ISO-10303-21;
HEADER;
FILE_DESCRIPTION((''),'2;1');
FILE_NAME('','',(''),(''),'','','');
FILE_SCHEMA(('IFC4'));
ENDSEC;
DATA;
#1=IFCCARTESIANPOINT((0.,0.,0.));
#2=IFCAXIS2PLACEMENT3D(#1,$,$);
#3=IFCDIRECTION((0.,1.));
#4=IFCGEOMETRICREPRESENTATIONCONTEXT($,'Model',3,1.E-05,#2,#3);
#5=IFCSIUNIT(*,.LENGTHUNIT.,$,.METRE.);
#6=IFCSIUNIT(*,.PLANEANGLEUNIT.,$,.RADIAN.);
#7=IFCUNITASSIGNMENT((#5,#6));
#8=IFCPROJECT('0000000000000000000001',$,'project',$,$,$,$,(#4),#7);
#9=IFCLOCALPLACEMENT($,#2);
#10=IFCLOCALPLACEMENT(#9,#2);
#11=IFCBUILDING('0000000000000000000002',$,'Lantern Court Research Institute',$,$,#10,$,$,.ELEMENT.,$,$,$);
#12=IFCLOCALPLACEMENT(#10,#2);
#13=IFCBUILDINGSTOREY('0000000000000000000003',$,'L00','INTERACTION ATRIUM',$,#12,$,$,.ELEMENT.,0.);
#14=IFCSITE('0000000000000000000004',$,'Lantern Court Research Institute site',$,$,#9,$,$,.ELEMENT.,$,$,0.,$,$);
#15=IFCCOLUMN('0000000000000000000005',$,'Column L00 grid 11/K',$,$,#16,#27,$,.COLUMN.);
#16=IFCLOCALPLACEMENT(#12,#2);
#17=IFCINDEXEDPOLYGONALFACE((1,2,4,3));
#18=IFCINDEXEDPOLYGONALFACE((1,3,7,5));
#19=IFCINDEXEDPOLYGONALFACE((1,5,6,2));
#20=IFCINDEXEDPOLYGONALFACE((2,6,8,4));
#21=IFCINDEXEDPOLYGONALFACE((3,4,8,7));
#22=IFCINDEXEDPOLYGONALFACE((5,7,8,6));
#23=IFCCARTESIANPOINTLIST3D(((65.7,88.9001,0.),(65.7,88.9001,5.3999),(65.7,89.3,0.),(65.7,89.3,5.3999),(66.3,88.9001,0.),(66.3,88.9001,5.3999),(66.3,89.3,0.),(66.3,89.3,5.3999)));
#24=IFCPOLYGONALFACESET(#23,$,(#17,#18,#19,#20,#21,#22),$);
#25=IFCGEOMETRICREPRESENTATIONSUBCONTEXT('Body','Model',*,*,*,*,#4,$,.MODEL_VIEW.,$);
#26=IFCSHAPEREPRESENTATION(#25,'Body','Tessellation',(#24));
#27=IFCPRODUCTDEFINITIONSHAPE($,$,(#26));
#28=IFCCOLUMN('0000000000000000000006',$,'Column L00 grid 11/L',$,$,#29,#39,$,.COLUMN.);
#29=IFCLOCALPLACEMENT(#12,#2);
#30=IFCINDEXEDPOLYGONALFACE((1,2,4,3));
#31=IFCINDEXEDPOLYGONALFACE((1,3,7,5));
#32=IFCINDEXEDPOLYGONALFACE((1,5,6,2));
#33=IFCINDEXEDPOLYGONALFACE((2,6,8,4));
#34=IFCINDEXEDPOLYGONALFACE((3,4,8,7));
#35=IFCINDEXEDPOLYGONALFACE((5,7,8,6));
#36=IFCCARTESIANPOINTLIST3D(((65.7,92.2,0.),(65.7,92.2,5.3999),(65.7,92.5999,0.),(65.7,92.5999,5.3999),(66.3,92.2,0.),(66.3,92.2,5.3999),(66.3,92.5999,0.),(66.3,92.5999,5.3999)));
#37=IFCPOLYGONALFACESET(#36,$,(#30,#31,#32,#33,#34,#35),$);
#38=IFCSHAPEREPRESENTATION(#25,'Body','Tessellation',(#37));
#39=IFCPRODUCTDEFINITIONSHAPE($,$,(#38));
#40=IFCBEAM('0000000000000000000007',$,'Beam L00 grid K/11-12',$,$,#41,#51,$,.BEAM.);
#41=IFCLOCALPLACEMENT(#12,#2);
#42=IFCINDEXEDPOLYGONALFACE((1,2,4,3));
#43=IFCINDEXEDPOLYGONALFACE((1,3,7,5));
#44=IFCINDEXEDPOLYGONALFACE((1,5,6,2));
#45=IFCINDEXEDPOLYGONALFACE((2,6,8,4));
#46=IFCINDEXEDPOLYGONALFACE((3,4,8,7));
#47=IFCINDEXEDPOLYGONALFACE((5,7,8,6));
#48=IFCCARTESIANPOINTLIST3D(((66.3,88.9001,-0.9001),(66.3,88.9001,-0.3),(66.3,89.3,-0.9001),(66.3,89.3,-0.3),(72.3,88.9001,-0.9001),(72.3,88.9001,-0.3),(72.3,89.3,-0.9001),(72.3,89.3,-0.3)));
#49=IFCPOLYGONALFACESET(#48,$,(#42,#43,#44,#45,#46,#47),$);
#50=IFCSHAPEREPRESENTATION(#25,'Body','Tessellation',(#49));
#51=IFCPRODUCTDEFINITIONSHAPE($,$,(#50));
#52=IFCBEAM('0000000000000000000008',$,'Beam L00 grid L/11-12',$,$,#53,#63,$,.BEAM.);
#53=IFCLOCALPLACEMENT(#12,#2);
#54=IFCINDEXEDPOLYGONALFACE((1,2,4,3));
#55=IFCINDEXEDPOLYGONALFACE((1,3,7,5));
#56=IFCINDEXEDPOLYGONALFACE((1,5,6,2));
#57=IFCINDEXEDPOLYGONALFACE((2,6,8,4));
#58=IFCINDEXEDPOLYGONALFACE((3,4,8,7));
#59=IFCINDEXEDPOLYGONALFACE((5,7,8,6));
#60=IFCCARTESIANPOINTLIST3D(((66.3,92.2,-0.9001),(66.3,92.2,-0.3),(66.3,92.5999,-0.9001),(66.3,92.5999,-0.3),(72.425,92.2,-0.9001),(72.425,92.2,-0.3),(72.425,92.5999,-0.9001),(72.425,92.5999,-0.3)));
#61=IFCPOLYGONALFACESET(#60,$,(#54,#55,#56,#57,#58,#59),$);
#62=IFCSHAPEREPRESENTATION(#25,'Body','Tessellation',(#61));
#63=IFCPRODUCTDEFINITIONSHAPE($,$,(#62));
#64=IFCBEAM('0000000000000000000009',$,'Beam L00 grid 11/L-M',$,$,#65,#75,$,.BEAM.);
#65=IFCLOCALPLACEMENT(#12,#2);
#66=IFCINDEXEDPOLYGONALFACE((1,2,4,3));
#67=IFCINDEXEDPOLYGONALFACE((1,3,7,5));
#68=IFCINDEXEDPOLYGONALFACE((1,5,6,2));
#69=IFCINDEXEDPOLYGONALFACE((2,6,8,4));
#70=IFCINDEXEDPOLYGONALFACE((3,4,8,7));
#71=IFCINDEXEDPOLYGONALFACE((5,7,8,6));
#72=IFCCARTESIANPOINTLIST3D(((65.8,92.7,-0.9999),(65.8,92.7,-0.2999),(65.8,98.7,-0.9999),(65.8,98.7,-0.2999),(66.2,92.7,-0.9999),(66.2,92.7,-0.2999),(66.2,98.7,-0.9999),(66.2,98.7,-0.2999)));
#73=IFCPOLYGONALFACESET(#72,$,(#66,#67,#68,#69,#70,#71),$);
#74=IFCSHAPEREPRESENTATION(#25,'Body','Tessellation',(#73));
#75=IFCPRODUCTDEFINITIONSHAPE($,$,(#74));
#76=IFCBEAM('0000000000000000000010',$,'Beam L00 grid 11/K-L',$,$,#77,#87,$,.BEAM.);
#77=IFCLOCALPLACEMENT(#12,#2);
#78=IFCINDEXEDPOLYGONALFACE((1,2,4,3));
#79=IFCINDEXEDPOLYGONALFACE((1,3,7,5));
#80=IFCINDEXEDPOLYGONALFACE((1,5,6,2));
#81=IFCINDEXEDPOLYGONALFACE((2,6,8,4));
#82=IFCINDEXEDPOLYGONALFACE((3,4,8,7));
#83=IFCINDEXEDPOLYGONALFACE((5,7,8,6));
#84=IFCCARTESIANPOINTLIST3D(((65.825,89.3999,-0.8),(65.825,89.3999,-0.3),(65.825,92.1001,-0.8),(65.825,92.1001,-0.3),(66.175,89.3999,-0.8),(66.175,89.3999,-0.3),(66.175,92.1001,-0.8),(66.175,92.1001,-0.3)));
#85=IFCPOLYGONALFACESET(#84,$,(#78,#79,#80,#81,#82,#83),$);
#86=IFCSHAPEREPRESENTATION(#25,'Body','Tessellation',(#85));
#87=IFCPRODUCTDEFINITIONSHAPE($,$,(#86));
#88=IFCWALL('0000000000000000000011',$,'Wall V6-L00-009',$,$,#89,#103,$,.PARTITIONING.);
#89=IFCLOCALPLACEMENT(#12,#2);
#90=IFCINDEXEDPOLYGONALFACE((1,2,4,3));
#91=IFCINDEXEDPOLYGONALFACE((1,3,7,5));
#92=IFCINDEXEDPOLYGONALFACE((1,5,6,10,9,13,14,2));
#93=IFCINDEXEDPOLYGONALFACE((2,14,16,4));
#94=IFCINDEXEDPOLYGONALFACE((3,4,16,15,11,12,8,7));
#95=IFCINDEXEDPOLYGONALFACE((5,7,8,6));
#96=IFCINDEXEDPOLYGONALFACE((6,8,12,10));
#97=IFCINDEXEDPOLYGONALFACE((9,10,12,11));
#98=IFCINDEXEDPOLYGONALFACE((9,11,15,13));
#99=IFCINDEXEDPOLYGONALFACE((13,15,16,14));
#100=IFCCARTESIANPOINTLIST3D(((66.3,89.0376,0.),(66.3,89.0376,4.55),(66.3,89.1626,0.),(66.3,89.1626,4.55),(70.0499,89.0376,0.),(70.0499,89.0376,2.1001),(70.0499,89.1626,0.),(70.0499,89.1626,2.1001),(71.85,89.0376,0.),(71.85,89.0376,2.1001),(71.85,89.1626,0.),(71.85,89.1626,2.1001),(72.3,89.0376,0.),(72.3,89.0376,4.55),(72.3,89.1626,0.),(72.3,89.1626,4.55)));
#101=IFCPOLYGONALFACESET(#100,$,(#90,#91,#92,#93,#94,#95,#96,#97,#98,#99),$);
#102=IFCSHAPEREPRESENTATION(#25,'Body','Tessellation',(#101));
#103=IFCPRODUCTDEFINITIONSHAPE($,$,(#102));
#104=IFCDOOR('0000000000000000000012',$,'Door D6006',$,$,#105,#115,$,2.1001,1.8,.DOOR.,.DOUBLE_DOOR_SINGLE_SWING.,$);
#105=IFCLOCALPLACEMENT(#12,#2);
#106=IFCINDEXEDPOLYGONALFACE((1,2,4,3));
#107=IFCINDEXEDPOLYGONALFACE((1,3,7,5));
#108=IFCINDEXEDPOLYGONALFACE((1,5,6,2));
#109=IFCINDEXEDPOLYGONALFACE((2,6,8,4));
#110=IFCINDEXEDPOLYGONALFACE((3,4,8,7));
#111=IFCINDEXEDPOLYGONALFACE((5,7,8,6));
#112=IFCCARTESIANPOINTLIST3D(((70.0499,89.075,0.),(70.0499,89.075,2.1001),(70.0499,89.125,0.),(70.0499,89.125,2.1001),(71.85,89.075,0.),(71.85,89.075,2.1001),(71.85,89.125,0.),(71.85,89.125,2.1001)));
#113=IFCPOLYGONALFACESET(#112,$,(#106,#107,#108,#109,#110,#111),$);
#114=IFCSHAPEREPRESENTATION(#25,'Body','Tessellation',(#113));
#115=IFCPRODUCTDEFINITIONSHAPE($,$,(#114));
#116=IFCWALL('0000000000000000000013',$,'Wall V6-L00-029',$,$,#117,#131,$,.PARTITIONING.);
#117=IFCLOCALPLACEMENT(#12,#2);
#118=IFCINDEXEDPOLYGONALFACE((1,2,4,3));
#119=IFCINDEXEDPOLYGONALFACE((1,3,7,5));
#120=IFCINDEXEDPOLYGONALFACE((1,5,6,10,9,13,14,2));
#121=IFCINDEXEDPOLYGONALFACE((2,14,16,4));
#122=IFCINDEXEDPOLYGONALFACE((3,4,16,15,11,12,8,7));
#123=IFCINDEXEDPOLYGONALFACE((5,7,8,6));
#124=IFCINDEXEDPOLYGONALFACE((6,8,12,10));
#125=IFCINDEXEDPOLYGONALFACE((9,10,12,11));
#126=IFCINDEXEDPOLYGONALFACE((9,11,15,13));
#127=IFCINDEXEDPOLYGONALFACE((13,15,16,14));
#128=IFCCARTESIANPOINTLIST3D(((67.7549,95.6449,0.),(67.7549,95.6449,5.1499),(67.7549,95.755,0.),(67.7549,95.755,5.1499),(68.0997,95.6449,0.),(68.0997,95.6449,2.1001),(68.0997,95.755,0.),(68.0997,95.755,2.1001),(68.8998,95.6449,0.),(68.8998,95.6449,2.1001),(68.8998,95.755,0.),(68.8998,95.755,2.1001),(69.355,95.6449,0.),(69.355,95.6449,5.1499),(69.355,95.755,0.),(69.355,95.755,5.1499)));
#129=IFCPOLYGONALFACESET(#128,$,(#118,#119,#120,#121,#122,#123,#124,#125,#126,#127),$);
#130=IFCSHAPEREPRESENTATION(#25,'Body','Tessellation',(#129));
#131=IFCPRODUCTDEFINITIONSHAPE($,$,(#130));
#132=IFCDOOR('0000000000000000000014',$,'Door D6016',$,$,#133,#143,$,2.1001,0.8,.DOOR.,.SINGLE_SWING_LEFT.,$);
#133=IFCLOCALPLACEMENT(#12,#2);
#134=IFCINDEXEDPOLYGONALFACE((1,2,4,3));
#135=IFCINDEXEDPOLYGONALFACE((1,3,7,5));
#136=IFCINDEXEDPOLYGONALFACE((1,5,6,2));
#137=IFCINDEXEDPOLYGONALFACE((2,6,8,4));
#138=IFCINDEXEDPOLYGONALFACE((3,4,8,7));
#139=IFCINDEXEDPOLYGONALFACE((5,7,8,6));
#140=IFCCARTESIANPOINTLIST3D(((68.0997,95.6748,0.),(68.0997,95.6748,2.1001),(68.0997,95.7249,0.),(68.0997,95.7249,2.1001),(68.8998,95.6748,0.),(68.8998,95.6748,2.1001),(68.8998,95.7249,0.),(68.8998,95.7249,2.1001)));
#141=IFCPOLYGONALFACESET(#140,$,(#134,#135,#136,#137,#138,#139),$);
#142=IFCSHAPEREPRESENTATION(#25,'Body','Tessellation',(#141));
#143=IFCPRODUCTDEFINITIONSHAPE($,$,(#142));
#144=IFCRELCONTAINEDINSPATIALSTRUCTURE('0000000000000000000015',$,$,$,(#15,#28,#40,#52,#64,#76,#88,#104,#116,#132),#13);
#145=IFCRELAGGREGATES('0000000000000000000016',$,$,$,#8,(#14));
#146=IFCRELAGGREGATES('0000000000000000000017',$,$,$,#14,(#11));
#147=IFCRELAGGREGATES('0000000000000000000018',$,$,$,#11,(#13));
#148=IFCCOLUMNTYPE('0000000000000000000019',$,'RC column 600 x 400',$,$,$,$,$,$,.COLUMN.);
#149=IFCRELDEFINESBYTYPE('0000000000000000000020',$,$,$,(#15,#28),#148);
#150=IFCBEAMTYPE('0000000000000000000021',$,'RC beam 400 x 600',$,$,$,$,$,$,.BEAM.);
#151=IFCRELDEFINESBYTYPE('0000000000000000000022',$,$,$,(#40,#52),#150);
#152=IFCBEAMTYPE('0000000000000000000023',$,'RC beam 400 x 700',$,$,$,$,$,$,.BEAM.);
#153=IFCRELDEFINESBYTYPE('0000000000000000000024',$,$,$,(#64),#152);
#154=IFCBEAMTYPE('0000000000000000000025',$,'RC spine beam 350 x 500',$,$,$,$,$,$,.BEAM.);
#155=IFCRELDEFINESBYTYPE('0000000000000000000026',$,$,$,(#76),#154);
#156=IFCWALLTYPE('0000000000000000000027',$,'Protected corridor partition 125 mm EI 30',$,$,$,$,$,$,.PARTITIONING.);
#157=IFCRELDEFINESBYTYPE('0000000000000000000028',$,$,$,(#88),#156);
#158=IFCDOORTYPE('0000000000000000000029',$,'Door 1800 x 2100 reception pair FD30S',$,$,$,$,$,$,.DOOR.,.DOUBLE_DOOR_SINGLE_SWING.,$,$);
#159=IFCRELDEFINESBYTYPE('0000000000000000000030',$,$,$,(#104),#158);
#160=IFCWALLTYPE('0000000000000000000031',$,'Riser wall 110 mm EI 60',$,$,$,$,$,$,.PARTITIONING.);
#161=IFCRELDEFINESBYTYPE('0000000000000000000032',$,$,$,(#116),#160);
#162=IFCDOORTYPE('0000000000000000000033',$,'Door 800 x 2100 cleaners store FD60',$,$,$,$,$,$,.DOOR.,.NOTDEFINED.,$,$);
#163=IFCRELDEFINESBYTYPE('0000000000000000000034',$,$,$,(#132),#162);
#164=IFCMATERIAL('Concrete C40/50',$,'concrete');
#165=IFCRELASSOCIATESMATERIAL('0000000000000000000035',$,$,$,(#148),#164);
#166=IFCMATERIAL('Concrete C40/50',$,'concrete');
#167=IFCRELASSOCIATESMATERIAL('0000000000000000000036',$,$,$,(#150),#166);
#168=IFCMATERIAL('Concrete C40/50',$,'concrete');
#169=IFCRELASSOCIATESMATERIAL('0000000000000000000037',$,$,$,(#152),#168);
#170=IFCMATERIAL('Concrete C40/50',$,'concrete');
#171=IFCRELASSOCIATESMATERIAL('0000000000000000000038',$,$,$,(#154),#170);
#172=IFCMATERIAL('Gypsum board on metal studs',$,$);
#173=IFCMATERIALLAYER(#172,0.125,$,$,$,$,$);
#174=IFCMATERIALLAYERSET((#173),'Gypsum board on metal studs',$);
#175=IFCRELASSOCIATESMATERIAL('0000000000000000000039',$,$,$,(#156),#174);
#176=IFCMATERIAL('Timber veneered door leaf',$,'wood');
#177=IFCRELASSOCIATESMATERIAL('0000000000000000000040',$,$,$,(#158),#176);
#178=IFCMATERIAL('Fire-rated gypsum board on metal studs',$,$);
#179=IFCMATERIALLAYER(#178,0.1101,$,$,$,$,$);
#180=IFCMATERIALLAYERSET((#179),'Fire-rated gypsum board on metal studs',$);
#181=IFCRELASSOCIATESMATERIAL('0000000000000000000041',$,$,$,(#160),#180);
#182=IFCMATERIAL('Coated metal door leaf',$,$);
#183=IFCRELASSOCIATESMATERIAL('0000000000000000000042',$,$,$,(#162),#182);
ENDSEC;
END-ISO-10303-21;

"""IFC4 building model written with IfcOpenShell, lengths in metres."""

from ifc_helpers import new_model, si_unit, direction, frame, frame_2d, origin, origin_2d, place, context, subcontext, project, spatial, rectangle, extrude, material, layer, layer_set, material_profile, profile_set, type_object, element, fill, save


model = new_model("IFC4")

# Units and contexts
model_context = context("Model", 3, precision=1e-05, world=origin(), true_north=direction((0.0, 1.0)))
body_context = subcontext(model_context, "Body", "Model", "MODEL_VIEW")
ifc_project = project(units=[si_unit("LENGTHUNIT", "METRE"), si_unit("PLANEANGLEUNIT", "RADIAN")], contexts=[model_context])

# Site, building, storey
site_placement = place(None, origin())
site = spatial("IfcSite", under=ifc_project, at=site_placement, Name="Lantern Court Research Institute site", CompositionType="ELEMENT", RefElevation=0.0)
building_placement = place(site_placement, origin())
building = spatial("IfcBuilding", under=site, at=building_placement, Name="Lantern Court Research Institute", CompositionType="ELEMENT")
storey_placement = place(building_placement, origin())
storey = spatial("IfcBuildingStorey", under=building, at=storey_placement, Name="L00", Description="INTERACTION ATRIUM", CompositionType="ELEMENT", Elevation=0.0)

# Columns
ifc_material_1 = material(Name="Concrete C40/50", Category="concrete")
ifc_material_profile_1 = material_profile(ifc_material_1, rectangle(XDim=0.6001, YDim=0.3999, at=origin_2d()), Name="RC column 600 x 400")
ifc_profile_set_1 = profile_set([ifc_material_profile_1], Name="Concrete C40/50")
column_type = type_object("IfcColumnType", Name="RC column 600 x 400", PredefinedType="COLUMN", material=ifc_profile_set_1)
for number, where, z_axis, x_axis, name in (
    (1, (66.0, 89.1001, 0.0), (0.0, 0.0, 1.0), (1.0, 0.0, 0.0), "Column L00 grid 11/K"),
    (2, (66.0, 92.3999, 0.0), (0.0, 0.0, 1.0), (1.0, 0.0, 0.0), "Column L00 grid 11/L"),
):
    element("IfcColumn", number, at=place(storey_placement, frame(where, z_axis=z_axis, x_axis=x_axis)), inside=storey, type_object=column_type, Name=name, PredefinedType="COLUMN", context=body_context, shape_type="SweptSolid", body=[
        extrude(rectangle(XDim=0.6001, YDim=0.3999, at=origin_2d()), origin(), (0.0, 0.0, 1.0), 5.3999),
    ])

# Beams
ifc_material_2 = material(Name="Concrete C40/50", Category="concrete")
ifc_material_profile_2 = material_profile(ifc_material_2, rectangle(XDim=0.3999, YDim=0.6001, at=origin_2d()), Name="RC beam 400 x 600")
ifc_profile_set_2 = profile_set([ifc_material_profile_2], Name="Concrete C40/50")
beam_type_1 = type_object("IfcBeamType", Name="RC beam 400 x 600", PredefinedType="BEAM", material=ifc_profile_set_2)
beam_1_placement = place(storey_placement, frame((66.3, 89.1001, -0.6001), z_axis=(1.0, 0.0, 0.0), x_axis=(0.0, 1.0, 0.0)))
element("IfcBeam", 3, at=beam_1_placement, inside=storey, type_object=beam_type_1, Name="Beam L00 grid K/11-12", PredefinedType="BEAM", context=body_context, shape_type="SweptSolid", body=[
    extrude(rectangle(XDim=0.3999, YDim=0.6001, at=origin_2d()), origin(), (0.0, 0.0, 1.0), 6.0),
])
beam_2_placement = place(storey_placement, frame((66.3, 92.3999, -0.6001), z_axis=(1.0, 0.0, 0.0), x_axis=(0.0, 1.0, 0.0)))
element("IfcBeam", 4, at=beam_2_placement, inside=storey, type_object=beam_type_1, Name="Beam L00 grid L/11-12", PredefinedType="BEAM", context=body_context, shape_type="SweptSolid", body=[
    extrude(rectangle(XDim=0.3999, YDim=0.6001, at=origin_2d()), origin(), (0.0, 0.0, 1.0), 6.125),
])
ifc_material_3 = material(Name="Concrete C40/50", Category="concrete")
ifc_material_profile_3 = material_profile(ifc_material_3, rectangle(XDim=0.3999, YDim=0.7, at=origin_2d()), Name="RC beam 400 x 700")
ifc_profile_set_3 = profile_set([ifc_material_profile_3], Name="Concrete C40/50")
beam_type_2 = type_object("IfcBeamType", Name="RC beam 400 x 700", PredefinedType="BEAM", material=ifc_profile_set_3)
beam_3_placement = place(storey_placement, frame((66.0, 92.7, -0.6499), z_axis=(0.0, 1.0, 0.0), x_axis=(-1.0, 0.0, 0.0)))
element("IfcBeam", 5, at=beam_3_placement, inside=storey, type_object=beam_type_2, Name="Beam L00 grid 11/L-M", PredefinedType="BEAM", context=body_context, shape_type="SweptSolid", body=[
    extrude(rectangle(XDim=0.3999, YDim=0.7, at=origin_2d()), origin(), (0.0, 0.0, 1.0), 6.0),
])
ifc_material_4 = material(Name="Concrete C40/50", Category="concrete")
ifc_material_profile_4 = material_profile(ifc_material_4, rectangle(XDim=0.3501, YDim=0.5, at=origin_2d()), Name="RC beam 350 x 500")
ifc_profile_set_4 = profile_set([ifc_material_profile_4], Name="Concrete C40/50")
beam_type_3 = type_object("IfcBeamType", Name="RC spine beam 350 x 500", PredefinedType="BEAM", material=ifc_profile_set_4)
beam_4_placement = place(storey_placement, frame((66.0, 89.3999, -0.55), z_axis=(0.0, 1.0, 0.0), x_axis=(-1.0, 0.0, 0.0)))
element("IfcBeam", 6, at=beam_4_placement, inside=storey, type_object=beam_type_3, Name="Beam L00 grid 11/K-L", PredefinedType="BEAM", context=body_context, shape_type="SweptSolid", body=[
    extrude(rectangle(XDim=0.3501, YDim=0.5, at=origin_2d()), origin(), (0.0, 0.0, 1.0), 2.7002),
])

# Walls, openings, doors
ifc_material_5 = material(Name="Gypsum board on metal studs")
ifc_layer_1 = layer(ifc_material_5, 0.125)
ifc_layer_set_1 = layer_set([ifc_layer_1], Name="Gypsum board on metal studs")
wall_type_1 = type_object("IfcWallType", Name="Protected corridor partition 125 mm EI 30", PredefinedType="PARTITIONING", material=ifc_layer_set_1)
wall_1_placement = place(storey_placement, frame((66.3, 89.1001, 0.0), z_axis=(0.0, 0.0, 1.0), x_axis=(1.0, 0.0, 0.0)))
wall_1 = element("IfcWall", 7, at=wall_1_placement, inside=storey, type_object=wall_type_1, Name="Wall V6-L00-009", PredefinedType="PARTITIONING", context=body_context, shape_type="SweptSolid", body=[
    extrude(rectangle(XDim=6.0, YDim=0.125, at=frame_2d((3.0, 0.0))), origin(), (0.0, 0.0, 1.0), 4.55),
])
opening_1_placement = place(wall_1_placement, frame((3.75, 0.0, 0.0)))
opening_1 = element("IfcOpeningElement", 8, at=opening_1_placement, cuts=wall_1, PredefinedType="OPENING", context=body_context, shape_type="SweptSolid", body=[
    extrude(rectangle(XDim=1.8, YDim=2.1001, at=frame_2d((0.8999, 1.05))), frame((0.0, 0.0725, 0.0), z_axis=(0.0, -1.0, 0.0), x_axis=(1.0, 0.0, 0.0)), (0.0, 0.0, 1.0), 0.145),
])
ifc_material_6 = material(Name="Timber veneered door leaf", Category="wood")
door_type_1 = type_object("IfcDoorType", Name="Door 1800 x 2100 reception pair FD30S", OperationType="DOUBLE_DOOR_SINGLE_SWING", PredefinedType="DOOR", material=ifc_material_6)
door_1_placement = place(opening_1_placement, origin())
door_1 = element("IfcDoor", 9, at=door_1_placement, inside=storey, type_object=door_type_1, Name="Door D6006", OperationType="DOUBLE_DOOR_SINGLE_SWING", OverallHeight=2.1001, OverallWidth=1.8, PredefinedType="DOOR", context=body_context, shape_type="SweptSolid", body=[
    extrude(rectangle(XDim=1.8, YDim=2.1001, at=frame_2d((0.8999, 1.05))), frame((0.0, 0.0249, 0.0), z_axis=(0.0, -1.0, 0.0), x_axis=(1.0, 0.0, 0.0)), (0.0, 0.0, 1.0), 0.05),
])
fill(opening_1, door_1)
ifc_material_7 = material(Name="Fire-rated gypsum board on metal studs")
ifc_layer_2 = layer(ifc_material_7, 0.1101)
ifc_layer_set_2 = layer_set([ifc_layer_2], Name="Fire-rated gypsum board on metal studs")
wall_type_2 = type_object("IfcWallType", Name="Riser wall 110 mm EI 60", PredefinedType="PARTITIONING", material=ifc_layer_set_2)
wall_2_placement = place(storey_placement, frame((67.7549, 95.7, 0.0), z_axis=(0.0, 0.0, 1.0), x_axis=(1.0, 0.0, 0.0)))
wall_2 = element("IfcWall", 10, at=wall_2_placement, inside=storey, type_object=wall_type_2, Name="Wall V6-L00-029", PredefinedType="PARTITIONING", context=body_context, shape_type="SweptSolid", body=[
    extrude(rectangle(XDim=1.6001, YDim=0.1101, at=frame_2d((0.8, 0.0))), origin(), (0.0, 0.0, 1.0), 5.1499),
])
opening_2_placement = place(wall_2_placement, frame((0.345, 0.0, 0.0)))
opening_2 = element("IfcOpeningElement", 11, at=opening_2_placement, cuts=wall_2, PredefinedType="OPENING", context=body_context, shape_type="SweptSolid", body=[
    extrude(rectangle(XDim=0.8, YDim=2.1001, at=frame_2d((0.3999, 1.05))), frame((0.0, 0.0649, 0.0), z_axis=(0.0, -1.0, 0.0), x_axis=(1.0, 0.0, 0.0)), (0.0, 0.0, 1.0), 0.1301),
])
ifc_material_8 = material(Name="Coated metal door leaf")
door_type_2 = type_object("IfcDoorType", Name="Door 800 x 2100 cleaners store FD60", OperationType="NOTDEFINED", PredefinedType="DOOR", material=ifc_material_8)
door_2_placement = place(opening_2_placement, origin())
door_2 = element("IfcDoor", 12, at=door_2_placement, inside=storey, type_object=door_type_2, Name="Door D6016", OperationType="SINGLE_SWING_LEFT", OverallHeight=2.1001, OverallWidth=0.8, PredefinedType="DOOR", context=body_context, shape_type="SweptSolid", body=[
    extrude(rectangle(XDim=0.8, YDim=2.1001, at=frame_2d((0.3999, 1.05))), frame((0.0, 0.0249, 0.0), z_axis=(0.0, -1.0, 0.0), x_axis=(1.0, 0.0, 0.0)), (0.0, 0.0, 1.0), 0.05),
])
fill(opening_2, door_2)

save(model, "model.ifc")
